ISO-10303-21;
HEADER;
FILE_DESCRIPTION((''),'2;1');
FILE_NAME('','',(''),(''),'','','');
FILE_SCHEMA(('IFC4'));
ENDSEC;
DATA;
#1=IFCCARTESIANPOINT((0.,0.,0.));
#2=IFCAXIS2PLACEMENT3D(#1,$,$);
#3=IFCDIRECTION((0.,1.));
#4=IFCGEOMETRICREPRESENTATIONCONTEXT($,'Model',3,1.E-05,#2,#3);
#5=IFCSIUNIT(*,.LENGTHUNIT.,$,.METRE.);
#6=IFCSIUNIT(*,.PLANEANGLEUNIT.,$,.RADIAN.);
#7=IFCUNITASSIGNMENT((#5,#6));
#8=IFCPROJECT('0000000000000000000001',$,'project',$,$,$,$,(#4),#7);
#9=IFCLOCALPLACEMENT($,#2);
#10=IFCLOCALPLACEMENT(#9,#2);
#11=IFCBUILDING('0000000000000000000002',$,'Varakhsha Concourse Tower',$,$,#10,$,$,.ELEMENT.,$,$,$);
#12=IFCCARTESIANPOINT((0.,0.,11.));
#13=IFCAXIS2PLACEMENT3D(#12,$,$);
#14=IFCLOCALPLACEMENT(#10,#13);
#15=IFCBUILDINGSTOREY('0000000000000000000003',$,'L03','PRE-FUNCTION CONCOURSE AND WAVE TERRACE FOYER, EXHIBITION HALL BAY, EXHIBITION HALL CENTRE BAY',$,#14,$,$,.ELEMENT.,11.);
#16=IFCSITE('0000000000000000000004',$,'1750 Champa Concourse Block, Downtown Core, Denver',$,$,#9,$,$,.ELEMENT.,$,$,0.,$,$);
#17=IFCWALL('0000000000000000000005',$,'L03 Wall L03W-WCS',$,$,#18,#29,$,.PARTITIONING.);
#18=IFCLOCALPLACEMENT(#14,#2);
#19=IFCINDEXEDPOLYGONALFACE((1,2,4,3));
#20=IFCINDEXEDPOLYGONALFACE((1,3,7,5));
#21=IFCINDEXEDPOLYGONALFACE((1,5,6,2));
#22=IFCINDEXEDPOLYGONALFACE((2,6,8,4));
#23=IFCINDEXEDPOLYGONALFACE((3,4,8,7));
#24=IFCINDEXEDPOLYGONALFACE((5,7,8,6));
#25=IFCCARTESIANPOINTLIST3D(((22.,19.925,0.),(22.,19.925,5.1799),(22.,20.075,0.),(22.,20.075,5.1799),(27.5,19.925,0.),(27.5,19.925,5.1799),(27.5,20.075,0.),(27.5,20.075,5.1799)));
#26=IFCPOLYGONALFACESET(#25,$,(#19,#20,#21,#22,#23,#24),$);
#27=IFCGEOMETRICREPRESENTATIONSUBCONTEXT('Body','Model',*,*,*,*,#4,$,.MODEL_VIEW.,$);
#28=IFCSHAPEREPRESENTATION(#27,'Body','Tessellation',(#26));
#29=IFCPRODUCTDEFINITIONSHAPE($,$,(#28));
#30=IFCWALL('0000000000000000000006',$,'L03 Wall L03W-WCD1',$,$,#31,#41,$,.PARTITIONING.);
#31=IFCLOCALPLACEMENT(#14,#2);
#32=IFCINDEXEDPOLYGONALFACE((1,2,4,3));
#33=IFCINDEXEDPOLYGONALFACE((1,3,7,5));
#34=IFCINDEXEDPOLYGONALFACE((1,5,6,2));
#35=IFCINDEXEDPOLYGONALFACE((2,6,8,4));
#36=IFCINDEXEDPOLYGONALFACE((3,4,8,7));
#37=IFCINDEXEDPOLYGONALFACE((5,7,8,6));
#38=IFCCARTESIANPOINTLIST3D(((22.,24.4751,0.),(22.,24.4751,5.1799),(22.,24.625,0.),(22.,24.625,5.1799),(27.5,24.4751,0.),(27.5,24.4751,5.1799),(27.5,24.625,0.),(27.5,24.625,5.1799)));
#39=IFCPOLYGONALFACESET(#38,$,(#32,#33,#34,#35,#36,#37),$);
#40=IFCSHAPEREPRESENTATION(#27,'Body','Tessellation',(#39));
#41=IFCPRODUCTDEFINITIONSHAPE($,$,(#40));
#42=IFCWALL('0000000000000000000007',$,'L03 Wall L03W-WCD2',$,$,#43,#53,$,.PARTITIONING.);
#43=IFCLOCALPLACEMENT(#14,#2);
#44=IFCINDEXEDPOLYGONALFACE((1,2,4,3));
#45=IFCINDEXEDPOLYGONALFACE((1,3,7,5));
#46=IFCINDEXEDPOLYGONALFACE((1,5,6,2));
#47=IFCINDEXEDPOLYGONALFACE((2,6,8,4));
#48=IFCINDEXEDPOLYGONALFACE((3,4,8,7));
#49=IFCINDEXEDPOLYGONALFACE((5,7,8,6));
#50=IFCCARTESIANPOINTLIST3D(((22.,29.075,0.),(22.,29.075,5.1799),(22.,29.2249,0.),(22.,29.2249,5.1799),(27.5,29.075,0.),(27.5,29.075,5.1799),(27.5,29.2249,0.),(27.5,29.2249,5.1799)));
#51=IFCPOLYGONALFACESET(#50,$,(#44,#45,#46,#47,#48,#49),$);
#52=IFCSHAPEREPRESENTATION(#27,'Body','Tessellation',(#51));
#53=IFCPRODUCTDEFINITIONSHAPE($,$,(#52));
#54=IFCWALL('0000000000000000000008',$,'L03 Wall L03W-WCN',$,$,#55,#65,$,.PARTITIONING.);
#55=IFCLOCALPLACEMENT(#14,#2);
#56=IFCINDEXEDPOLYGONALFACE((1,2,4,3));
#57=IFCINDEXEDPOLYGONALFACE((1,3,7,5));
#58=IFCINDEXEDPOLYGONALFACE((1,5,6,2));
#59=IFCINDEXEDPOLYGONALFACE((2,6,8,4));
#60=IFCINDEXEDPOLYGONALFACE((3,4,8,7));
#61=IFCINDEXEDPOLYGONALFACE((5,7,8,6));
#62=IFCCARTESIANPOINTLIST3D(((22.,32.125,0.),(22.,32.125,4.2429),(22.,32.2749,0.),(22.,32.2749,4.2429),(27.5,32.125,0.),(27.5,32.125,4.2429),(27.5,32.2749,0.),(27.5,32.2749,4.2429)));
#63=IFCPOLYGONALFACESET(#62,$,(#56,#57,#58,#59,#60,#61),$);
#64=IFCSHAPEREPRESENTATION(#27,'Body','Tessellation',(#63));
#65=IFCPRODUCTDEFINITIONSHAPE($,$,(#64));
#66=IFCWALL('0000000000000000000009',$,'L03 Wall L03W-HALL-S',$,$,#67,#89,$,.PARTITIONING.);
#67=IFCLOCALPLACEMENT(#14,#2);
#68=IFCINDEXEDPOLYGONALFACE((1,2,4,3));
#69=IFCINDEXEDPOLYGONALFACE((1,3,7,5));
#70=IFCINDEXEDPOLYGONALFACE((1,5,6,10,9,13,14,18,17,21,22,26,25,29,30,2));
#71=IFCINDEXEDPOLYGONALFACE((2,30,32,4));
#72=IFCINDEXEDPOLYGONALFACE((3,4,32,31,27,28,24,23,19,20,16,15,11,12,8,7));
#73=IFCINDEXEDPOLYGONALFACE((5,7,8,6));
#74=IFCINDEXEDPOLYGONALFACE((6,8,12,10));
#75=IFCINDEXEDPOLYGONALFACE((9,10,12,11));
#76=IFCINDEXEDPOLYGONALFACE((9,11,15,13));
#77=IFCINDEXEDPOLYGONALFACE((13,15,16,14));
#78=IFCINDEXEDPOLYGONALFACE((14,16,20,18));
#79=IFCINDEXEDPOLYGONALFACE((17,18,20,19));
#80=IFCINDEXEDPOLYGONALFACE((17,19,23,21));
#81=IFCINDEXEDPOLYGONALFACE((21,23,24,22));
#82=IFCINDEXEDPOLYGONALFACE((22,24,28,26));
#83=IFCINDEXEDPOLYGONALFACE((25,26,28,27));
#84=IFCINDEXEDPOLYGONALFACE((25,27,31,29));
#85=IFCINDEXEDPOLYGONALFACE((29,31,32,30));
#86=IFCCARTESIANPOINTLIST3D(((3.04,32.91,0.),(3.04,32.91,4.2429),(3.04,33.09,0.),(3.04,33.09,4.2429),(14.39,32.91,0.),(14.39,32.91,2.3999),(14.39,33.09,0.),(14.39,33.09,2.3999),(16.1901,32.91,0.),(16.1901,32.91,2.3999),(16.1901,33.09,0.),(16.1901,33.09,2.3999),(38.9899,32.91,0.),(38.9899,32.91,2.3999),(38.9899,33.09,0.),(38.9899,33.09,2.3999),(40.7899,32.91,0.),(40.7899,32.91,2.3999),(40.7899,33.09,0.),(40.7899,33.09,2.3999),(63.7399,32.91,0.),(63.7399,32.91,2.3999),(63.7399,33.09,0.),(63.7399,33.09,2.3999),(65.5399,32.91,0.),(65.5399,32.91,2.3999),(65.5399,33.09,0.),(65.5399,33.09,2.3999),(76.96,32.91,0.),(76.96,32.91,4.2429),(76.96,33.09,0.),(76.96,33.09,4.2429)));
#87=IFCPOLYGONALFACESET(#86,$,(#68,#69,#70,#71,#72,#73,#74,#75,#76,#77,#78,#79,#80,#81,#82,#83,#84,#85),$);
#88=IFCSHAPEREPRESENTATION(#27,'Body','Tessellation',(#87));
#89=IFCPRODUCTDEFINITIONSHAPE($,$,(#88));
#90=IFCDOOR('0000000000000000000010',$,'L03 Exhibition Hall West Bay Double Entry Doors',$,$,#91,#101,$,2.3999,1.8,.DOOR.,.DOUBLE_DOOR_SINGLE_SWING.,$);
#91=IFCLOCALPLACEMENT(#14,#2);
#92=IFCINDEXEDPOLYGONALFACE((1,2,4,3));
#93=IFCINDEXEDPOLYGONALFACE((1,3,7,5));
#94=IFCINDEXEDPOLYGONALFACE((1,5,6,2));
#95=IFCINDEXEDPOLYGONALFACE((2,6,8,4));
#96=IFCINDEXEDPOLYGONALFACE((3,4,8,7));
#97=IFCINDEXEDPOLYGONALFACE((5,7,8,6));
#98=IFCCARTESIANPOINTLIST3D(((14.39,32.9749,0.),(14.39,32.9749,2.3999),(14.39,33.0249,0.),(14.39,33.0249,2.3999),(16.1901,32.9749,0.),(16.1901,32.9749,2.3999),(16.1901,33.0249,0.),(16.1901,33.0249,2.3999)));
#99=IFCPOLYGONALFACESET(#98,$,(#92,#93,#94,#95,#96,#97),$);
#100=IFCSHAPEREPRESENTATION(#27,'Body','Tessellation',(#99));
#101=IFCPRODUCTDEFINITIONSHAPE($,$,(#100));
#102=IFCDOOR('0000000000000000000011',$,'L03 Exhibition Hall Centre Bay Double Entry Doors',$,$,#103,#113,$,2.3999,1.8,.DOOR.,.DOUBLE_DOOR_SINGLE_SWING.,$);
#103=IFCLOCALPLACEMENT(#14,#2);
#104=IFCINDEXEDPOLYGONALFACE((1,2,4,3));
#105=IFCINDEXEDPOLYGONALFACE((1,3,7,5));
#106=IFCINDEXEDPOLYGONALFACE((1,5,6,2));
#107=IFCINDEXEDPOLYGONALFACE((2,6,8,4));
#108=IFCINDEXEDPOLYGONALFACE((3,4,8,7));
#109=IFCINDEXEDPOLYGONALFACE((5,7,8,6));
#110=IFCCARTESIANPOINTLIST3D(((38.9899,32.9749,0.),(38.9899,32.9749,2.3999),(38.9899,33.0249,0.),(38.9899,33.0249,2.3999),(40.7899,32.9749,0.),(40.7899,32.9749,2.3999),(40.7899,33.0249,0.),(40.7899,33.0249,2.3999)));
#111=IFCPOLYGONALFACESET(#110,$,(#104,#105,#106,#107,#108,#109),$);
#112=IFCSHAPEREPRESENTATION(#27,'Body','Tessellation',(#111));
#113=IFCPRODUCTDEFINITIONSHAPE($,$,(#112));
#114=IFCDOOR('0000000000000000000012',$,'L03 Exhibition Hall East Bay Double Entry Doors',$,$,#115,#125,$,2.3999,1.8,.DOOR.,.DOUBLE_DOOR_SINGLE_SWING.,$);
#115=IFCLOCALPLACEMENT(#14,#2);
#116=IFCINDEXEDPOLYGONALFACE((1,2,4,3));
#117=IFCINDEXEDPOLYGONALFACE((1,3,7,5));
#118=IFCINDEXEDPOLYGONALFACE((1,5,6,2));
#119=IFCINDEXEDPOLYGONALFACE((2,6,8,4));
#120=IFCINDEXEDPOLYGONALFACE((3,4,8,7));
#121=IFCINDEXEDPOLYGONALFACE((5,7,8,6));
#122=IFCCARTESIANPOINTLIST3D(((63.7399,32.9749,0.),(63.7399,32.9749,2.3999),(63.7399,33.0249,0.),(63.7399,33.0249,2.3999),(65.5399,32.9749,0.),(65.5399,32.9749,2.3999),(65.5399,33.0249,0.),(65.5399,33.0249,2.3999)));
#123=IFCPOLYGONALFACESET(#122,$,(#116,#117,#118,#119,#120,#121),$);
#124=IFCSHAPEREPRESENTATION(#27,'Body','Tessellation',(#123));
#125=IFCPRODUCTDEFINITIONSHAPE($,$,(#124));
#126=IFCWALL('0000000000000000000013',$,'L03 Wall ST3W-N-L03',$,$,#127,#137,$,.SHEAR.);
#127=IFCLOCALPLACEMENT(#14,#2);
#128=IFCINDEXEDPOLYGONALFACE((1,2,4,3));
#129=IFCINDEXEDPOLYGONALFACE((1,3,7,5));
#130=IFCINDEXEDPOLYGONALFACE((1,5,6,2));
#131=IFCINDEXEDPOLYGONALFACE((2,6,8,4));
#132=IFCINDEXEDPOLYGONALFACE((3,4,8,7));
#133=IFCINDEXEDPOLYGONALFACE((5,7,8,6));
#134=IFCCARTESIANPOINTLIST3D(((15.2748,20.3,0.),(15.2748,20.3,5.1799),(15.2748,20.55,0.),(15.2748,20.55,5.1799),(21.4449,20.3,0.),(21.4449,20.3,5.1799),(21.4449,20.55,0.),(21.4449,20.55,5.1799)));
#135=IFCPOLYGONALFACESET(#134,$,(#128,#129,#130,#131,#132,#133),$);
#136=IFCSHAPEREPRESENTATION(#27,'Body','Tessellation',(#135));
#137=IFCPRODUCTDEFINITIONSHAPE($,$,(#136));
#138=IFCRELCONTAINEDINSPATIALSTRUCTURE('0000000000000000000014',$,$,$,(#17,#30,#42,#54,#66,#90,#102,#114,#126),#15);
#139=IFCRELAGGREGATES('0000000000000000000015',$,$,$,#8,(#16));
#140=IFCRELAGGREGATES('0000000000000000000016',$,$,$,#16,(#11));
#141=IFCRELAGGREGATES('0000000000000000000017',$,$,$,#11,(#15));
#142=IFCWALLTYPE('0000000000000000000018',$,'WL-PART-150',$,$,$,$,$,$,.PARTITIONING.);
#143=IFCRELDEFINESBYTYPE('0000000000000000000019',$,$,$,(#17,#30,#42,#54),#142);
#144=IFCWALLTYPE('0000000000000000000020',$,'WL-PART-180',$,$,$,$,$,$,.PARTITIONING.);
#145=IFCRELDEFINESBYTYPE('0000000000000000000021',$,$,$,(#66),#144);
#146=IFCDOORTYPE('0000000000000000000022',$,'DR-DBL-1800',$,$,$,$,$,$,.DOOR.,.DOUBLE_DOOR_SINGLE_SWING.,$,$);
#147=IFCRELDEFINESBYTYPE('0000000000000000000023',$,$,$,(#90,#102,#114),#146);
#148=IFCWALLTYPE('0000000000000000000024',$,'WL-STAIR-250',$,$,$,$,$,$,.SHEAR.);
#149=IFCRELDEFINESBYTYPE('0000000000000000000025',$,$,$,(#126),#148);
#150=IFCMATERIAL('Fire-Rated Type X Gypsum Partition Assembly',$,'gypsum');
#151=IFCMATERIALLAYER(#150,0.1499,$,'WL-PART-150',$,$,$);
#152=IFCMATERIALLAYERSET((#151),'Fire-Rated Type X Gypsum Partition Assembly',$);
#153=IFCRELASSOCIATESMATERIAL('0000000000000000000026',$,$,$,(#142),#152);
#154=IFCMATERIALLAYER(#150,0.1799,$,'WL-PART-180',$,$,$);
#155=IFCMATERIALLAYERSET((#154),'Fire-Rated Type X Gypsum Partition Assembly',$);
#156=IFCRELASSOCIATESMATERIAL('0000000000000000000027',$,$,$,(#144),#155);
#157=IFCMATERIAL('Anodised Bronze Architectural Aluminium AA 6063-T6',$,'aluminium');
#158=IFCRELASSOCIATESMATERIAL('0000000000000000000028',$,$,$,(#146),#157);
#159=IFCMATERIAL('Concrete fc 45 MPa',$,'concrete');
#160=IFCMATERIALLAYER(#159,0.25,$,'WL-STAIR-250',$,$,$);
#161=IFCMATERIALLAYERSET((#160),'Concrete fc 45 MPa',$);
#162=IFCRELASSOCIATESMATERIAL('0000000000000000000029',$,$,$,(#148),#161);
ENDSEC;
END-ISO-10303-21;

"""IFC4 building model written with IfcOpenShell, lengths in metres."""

from ifc_helpers import new_model, si_unit, direction, frame, frame_2d, origin, place, context, subcontext, project, spatial, rectangle, extrude, material, layer, layer_set, type_object, element, fill, save


model = new_model("IFC4")

# Units and contexts
model_context = context("Model", 3, precision=1e-05, world=origin(), true_north=direction((0.0, 1.0)))
body_context = subcontext(model_context, "Body", "Model", "MODEL_VIEW")
ifc_project = project(units=[si_unit("LENGTHUNIT", "METRE"), si_unit("PLANEANGLEUNIT", "RADIAN")], contexts=[model_context])

# Site, building, storey
site_placement = place(None, origin())
site = spatial("IfcSite", under=ifc_project, at=site_placement, Name="1750 Champa Concourse Block, Downtown Core, Denver", CompositionType="ELEMENT", RefElevation=0.0)
building_placement = place(site_placement, origin())
building = spatial("IfcBuilding", under=site, at=building_placement, Name="Varakhsha Concourse Tower", CompositionType="ELEMENT")
storey_placement = place(building_placement, frame((0.0, 0.0, 11.0)))
storey = spatial("IfcBuildingStorey", under=building, at=storey_placement, Name="L03", Description="PRE-FUNCTION CONCOURSE AND WAVE TERRACE FOYER, EXHIBITION HALL BAY, EXHIBITION HALL CENTRE BAY", CompositionType="ELEMENT", Elevation=11.0)

# Shared definitions
ifc_material_1 = material(Name="Anodised Bronze Architectural Aluminium AA 6063-T6", Category="aluminium")

# Shared definitions
ifc_material_2 = material(Name="Fire-Rated Type X Gypsum Partition Assembly", Category="gypsum")
ifc_layer_1 = layer(ifc_material_2, 0.1499, Name="WL-PART-150")
ifc_layer_set_1 = layer_set([ifc_layer_1], Name="Fire-Rated Type X Gypsum Partition Assembly")
wall_type_1 = type_object("IfcWallType", Name="WL-PART-150", PredefinedType="PARTITIONING", material=ifc_layer_set_1)

# Walls
for number, where, z_axis, x_axis, name in (
    (1, (22.0, 20.0, 0.0), (0.0, 0.0, 1.0), (1.0, 0.0, 0.0), "L03 Wall L03W-WCS"),
    (2, (22.0, 24.55, 0.0), (0.0, 0.0, 1.0), (1.0, 0.0, 0.0), "L03 Wall L03W-WCD1"),
    (3, (22.0, 29.1499, 0.0), (0.0, 0.0, 1.0), (1.0, 0.0, 0.0), "L03 Wall L03W-WCD2"),
):
    element("IfcWall", number, at=place(storey_placement, frame(where, z_axis=z_axis, x_axis=x_axis)), inside=storey, type_object=wall_type_1, Name=name, PredefinedType="PARTITIONING", context=body_context, shape_type="SweptSolid", body=[
        extrude(rectangle(XDim=5.5, YDim=0.1499, at=frame_2d((2.75, 0.0))), origin(), (0.0, 0.0, 1.0), 5.1799),
    ])
wall_1_placement = place(storey_placement, frame((22.0, 32.2, 0.0), z_axis=(0.0, 0.0, 1.0), x_axis=(1.0, 0.0, 0.0)))
element("IfcWall", 4, at=wall_1_placement, inside=storey, type_object=wall_type_1, Name="L03 Wall L03W-WCN", PredefinedType="PARTITIONING", context=body_context, shape_type="SweptSolid", body=[
    extrude(rectangle(XDim=5.5, YDim=0.1499, at=frame_2d((2.75, 0.0))), origin(), (0.0, 0.0, 1.0), 4.2429),
])

# Wall, openings, doors
ifc_layer_2 = layer(ifc_material_2, 0.1799, Name="WL-PART-180")
ifc_layer_set_2 = layer_set([ifc_layer_2], Name="Fire-Rated Type X Gypsum Partition Assembly")
wall_type_2 = type_object("IfcWallType", Name="WL-PART-180", PredefinedType="PARTITIONING", material=ifc_layer_set_2)
wall_2_placement = place(storey_placement, frame((3.04, 33.0, 0.0), z_axis=(0.0, 0.0, 1.0), x_axis=(1.0, 0.0, 0.0)))
wall_2 = element("IfcWall", 5, at=wall_2_placement, inside=storey, type_object=wall_type_2, Name="L03 Wall L03W-HALL-S", PredefinedType="PARTITIONING", context=body_context, shape_type="SweptSolid", body=[
    extrude(rectangle(XDim=73.9199, YDim=0.1799, at=frame_2d((36.96, 0.0))), origin(), (0.0, 0.0, 1.0), 4.2429),
])
opening_1_placement = place(wall_2_placement, frame((11.3501, 0.0, 0.0)))
opening_1 = element("IfcOpeningElement", 6, at=opening_1_placement, cuts=wall_2, PredefinedType="OPENING", context=body_context, shape_type="SweptSolid", body=[
    extrude(rectangle(XDim=1.8, YDim=2.3999, at=frame_2d((0.8999, 1.2))), frame((0.0, 0.0999, 0.0), z_axis=(0.0, -1.0, 0.0), x_axis=(1.0, 0.0, 0.0)), (0.0, 0.0, 1.0), 0.2),
])
opening_2_placement = place(wall_2_placement, frame((35.95, 0.0, 0.0)))
opening_2 = element("IfcOpeningElement", 7, at=opening_2_placement, cuts=wall_2, PredefinedType="OPENING", context=body_context, shape_type="SweptSolid", body=[
    extrude(rectangle(XDim=1.8, YDim=2.3999, at=frame_2d((0.8999, 1.2))), frame((0.0, 0.0999, 0.0), z_axis=(0.0, -1.0, 0.0), x_axis=(1.0, 0.0, 0.0)), (0.0, 0.0, 1.0), 0.2),
])
opening_3_placement = place(wall_2_placement, frame((60.7, 0.0, 0.0)))
opening_3 = element("IfcOpeningElement", 8, at=opening_3_placement, cuts=wall_2, PredefinedType="OPENING", context=body_context, shape_type="SweptSolid", body=[
    extrude(rectangle(XDim=1.8, YDim=2.3999, at=frame_2d((0.8999, 1.2))), frame((0.0, 0.0999, 0.0), z_axis=(0.0, -1.0, 0.0), x_axis=(1.0, 0.0, 0.0)), (0.0, 0.0, 1.0), 0.2),
])
door_type_1 = type_object("IfcDoorType", Name="DR-DBL-1800", OperationType="DOUBLE_DOOR_SINGLE_SWING", PredefinedType="DOOR", material=ifc_material_1)
door_1_placement = place(opening_1_placement, origin())
door_1 = element("IfcDoor", 9, at=door_1_placement, inside=storey, type_object=door_type_1, Name="L03 Exhibition Hall West Bay Double Entry Doors", OperationType="DOUBLE_DOOR_SINGLE_SWING", OverallHeight=2.3999, OverallWidth=1.8, PredefinedType="DOOR", context=body_context, shape_type="SweptSolid", body=[
    extrude(rectangle(XDim=1.8, YDim=2.3999, at=frame_2d((0.8999, 1.2))), frame((0.0, 0.0249, 0.0), z_axis=(0.0, -1.0, 0.0), x_axis=(1.0, 0.0, 0.0)), (0.0, 0.0, 1.0), 0.05),
])
fill(opening_1, door_1)
door_2_placement = place(opening_2_placement, origin())
door_2 = element("IfcDoor", 10, at=door_2_placement, inside=storey, type_object=door_type_1, Name="L03 Exhibition Hall Centre Bay Double Entry Doors", OperationType="DOUBLE_DOOR_SINGLE_SWING", OverallHeight=2.3999, OverallWidth=1.8, PredefinedType="DOOR", context=body_context, shape_type="SweptSolid", body=[
    extrude(rectangle(XDim=1.8, YDim=2.3999, at=frame_2d((0.8999, 1.2))), frame((0.0, 0.0249, 0.0), z_axis=(0.0, -1.0, 0.0), x_axis=(1.0, 0.0, 0.0)), (0.0, 0.0, 1.0), 0.05),
])
fill(opening_2, door_2)
door_3_placement = place(opening_3_placement, origin())
door_3 = element("IfcDoor", 11, at=door_3_placement, inside=storey, type_object=door_type_1, Name="L03 Exhibition Hall East Bay Double Entry Doors", OperationType="DOUBLE_DOOR_SINGLE_SWING", OverallHeight=2.3999, OverallWidth=1.8, PredefinedType="DOOR", context=body_context, shape_type="SweptSolid", body=[
    extrude(rectangle(XDim=1.8, YDim=2.3999, at=frame_2d((0.8999, 1.2))), frame((0.0, 0.0249, 0.0), z_axis=(0.0, -1.0, 0.0), x_axis=(1.0, 0.0, 0.0)), (0.0, 0.0, 1.0), 0.05),
])
fill(opening_3, door_3)

# Wall
ifc_material_3 = material(Name="Concrete fc 45 MPa", Category="concrete")
ifc_layer_3 = layer(ifc_material_3, 0.25, Name="WL-STAIR-250")
ifc_layer_set_3 = layer_set([ifc_layer_3], Name="Concrete fc 45 MPa")
wall_type_3 = type_object("IfcWallType", Name="WL-STAIR-250", PredefinedType="SHEAR", material=ifc_layer_set_3)
wall_3_placement = place(storey_placement, frame((15.2749, 20.425, 0.0), z_axis=(0.0, 0.0, 1.0), x_axis=(1.0, 0.0, 0.0)))
element("IfcWall", 12, at=wall_3_placement, inside=storey, type_object=wall_type_3, Name="L03 Wall ST3W-N-L03", PredefinedType="SHEAR", context=body_context, shape_type="SweptSolid", body=[
    extrude(rectangle(XDim=6.1702, YDim=0.25, at=frame_2d((3.085, 0.0))), origin(), (0.0, 0.0, 1.0), 5.1799),
])

save(model, "model.ifc")
